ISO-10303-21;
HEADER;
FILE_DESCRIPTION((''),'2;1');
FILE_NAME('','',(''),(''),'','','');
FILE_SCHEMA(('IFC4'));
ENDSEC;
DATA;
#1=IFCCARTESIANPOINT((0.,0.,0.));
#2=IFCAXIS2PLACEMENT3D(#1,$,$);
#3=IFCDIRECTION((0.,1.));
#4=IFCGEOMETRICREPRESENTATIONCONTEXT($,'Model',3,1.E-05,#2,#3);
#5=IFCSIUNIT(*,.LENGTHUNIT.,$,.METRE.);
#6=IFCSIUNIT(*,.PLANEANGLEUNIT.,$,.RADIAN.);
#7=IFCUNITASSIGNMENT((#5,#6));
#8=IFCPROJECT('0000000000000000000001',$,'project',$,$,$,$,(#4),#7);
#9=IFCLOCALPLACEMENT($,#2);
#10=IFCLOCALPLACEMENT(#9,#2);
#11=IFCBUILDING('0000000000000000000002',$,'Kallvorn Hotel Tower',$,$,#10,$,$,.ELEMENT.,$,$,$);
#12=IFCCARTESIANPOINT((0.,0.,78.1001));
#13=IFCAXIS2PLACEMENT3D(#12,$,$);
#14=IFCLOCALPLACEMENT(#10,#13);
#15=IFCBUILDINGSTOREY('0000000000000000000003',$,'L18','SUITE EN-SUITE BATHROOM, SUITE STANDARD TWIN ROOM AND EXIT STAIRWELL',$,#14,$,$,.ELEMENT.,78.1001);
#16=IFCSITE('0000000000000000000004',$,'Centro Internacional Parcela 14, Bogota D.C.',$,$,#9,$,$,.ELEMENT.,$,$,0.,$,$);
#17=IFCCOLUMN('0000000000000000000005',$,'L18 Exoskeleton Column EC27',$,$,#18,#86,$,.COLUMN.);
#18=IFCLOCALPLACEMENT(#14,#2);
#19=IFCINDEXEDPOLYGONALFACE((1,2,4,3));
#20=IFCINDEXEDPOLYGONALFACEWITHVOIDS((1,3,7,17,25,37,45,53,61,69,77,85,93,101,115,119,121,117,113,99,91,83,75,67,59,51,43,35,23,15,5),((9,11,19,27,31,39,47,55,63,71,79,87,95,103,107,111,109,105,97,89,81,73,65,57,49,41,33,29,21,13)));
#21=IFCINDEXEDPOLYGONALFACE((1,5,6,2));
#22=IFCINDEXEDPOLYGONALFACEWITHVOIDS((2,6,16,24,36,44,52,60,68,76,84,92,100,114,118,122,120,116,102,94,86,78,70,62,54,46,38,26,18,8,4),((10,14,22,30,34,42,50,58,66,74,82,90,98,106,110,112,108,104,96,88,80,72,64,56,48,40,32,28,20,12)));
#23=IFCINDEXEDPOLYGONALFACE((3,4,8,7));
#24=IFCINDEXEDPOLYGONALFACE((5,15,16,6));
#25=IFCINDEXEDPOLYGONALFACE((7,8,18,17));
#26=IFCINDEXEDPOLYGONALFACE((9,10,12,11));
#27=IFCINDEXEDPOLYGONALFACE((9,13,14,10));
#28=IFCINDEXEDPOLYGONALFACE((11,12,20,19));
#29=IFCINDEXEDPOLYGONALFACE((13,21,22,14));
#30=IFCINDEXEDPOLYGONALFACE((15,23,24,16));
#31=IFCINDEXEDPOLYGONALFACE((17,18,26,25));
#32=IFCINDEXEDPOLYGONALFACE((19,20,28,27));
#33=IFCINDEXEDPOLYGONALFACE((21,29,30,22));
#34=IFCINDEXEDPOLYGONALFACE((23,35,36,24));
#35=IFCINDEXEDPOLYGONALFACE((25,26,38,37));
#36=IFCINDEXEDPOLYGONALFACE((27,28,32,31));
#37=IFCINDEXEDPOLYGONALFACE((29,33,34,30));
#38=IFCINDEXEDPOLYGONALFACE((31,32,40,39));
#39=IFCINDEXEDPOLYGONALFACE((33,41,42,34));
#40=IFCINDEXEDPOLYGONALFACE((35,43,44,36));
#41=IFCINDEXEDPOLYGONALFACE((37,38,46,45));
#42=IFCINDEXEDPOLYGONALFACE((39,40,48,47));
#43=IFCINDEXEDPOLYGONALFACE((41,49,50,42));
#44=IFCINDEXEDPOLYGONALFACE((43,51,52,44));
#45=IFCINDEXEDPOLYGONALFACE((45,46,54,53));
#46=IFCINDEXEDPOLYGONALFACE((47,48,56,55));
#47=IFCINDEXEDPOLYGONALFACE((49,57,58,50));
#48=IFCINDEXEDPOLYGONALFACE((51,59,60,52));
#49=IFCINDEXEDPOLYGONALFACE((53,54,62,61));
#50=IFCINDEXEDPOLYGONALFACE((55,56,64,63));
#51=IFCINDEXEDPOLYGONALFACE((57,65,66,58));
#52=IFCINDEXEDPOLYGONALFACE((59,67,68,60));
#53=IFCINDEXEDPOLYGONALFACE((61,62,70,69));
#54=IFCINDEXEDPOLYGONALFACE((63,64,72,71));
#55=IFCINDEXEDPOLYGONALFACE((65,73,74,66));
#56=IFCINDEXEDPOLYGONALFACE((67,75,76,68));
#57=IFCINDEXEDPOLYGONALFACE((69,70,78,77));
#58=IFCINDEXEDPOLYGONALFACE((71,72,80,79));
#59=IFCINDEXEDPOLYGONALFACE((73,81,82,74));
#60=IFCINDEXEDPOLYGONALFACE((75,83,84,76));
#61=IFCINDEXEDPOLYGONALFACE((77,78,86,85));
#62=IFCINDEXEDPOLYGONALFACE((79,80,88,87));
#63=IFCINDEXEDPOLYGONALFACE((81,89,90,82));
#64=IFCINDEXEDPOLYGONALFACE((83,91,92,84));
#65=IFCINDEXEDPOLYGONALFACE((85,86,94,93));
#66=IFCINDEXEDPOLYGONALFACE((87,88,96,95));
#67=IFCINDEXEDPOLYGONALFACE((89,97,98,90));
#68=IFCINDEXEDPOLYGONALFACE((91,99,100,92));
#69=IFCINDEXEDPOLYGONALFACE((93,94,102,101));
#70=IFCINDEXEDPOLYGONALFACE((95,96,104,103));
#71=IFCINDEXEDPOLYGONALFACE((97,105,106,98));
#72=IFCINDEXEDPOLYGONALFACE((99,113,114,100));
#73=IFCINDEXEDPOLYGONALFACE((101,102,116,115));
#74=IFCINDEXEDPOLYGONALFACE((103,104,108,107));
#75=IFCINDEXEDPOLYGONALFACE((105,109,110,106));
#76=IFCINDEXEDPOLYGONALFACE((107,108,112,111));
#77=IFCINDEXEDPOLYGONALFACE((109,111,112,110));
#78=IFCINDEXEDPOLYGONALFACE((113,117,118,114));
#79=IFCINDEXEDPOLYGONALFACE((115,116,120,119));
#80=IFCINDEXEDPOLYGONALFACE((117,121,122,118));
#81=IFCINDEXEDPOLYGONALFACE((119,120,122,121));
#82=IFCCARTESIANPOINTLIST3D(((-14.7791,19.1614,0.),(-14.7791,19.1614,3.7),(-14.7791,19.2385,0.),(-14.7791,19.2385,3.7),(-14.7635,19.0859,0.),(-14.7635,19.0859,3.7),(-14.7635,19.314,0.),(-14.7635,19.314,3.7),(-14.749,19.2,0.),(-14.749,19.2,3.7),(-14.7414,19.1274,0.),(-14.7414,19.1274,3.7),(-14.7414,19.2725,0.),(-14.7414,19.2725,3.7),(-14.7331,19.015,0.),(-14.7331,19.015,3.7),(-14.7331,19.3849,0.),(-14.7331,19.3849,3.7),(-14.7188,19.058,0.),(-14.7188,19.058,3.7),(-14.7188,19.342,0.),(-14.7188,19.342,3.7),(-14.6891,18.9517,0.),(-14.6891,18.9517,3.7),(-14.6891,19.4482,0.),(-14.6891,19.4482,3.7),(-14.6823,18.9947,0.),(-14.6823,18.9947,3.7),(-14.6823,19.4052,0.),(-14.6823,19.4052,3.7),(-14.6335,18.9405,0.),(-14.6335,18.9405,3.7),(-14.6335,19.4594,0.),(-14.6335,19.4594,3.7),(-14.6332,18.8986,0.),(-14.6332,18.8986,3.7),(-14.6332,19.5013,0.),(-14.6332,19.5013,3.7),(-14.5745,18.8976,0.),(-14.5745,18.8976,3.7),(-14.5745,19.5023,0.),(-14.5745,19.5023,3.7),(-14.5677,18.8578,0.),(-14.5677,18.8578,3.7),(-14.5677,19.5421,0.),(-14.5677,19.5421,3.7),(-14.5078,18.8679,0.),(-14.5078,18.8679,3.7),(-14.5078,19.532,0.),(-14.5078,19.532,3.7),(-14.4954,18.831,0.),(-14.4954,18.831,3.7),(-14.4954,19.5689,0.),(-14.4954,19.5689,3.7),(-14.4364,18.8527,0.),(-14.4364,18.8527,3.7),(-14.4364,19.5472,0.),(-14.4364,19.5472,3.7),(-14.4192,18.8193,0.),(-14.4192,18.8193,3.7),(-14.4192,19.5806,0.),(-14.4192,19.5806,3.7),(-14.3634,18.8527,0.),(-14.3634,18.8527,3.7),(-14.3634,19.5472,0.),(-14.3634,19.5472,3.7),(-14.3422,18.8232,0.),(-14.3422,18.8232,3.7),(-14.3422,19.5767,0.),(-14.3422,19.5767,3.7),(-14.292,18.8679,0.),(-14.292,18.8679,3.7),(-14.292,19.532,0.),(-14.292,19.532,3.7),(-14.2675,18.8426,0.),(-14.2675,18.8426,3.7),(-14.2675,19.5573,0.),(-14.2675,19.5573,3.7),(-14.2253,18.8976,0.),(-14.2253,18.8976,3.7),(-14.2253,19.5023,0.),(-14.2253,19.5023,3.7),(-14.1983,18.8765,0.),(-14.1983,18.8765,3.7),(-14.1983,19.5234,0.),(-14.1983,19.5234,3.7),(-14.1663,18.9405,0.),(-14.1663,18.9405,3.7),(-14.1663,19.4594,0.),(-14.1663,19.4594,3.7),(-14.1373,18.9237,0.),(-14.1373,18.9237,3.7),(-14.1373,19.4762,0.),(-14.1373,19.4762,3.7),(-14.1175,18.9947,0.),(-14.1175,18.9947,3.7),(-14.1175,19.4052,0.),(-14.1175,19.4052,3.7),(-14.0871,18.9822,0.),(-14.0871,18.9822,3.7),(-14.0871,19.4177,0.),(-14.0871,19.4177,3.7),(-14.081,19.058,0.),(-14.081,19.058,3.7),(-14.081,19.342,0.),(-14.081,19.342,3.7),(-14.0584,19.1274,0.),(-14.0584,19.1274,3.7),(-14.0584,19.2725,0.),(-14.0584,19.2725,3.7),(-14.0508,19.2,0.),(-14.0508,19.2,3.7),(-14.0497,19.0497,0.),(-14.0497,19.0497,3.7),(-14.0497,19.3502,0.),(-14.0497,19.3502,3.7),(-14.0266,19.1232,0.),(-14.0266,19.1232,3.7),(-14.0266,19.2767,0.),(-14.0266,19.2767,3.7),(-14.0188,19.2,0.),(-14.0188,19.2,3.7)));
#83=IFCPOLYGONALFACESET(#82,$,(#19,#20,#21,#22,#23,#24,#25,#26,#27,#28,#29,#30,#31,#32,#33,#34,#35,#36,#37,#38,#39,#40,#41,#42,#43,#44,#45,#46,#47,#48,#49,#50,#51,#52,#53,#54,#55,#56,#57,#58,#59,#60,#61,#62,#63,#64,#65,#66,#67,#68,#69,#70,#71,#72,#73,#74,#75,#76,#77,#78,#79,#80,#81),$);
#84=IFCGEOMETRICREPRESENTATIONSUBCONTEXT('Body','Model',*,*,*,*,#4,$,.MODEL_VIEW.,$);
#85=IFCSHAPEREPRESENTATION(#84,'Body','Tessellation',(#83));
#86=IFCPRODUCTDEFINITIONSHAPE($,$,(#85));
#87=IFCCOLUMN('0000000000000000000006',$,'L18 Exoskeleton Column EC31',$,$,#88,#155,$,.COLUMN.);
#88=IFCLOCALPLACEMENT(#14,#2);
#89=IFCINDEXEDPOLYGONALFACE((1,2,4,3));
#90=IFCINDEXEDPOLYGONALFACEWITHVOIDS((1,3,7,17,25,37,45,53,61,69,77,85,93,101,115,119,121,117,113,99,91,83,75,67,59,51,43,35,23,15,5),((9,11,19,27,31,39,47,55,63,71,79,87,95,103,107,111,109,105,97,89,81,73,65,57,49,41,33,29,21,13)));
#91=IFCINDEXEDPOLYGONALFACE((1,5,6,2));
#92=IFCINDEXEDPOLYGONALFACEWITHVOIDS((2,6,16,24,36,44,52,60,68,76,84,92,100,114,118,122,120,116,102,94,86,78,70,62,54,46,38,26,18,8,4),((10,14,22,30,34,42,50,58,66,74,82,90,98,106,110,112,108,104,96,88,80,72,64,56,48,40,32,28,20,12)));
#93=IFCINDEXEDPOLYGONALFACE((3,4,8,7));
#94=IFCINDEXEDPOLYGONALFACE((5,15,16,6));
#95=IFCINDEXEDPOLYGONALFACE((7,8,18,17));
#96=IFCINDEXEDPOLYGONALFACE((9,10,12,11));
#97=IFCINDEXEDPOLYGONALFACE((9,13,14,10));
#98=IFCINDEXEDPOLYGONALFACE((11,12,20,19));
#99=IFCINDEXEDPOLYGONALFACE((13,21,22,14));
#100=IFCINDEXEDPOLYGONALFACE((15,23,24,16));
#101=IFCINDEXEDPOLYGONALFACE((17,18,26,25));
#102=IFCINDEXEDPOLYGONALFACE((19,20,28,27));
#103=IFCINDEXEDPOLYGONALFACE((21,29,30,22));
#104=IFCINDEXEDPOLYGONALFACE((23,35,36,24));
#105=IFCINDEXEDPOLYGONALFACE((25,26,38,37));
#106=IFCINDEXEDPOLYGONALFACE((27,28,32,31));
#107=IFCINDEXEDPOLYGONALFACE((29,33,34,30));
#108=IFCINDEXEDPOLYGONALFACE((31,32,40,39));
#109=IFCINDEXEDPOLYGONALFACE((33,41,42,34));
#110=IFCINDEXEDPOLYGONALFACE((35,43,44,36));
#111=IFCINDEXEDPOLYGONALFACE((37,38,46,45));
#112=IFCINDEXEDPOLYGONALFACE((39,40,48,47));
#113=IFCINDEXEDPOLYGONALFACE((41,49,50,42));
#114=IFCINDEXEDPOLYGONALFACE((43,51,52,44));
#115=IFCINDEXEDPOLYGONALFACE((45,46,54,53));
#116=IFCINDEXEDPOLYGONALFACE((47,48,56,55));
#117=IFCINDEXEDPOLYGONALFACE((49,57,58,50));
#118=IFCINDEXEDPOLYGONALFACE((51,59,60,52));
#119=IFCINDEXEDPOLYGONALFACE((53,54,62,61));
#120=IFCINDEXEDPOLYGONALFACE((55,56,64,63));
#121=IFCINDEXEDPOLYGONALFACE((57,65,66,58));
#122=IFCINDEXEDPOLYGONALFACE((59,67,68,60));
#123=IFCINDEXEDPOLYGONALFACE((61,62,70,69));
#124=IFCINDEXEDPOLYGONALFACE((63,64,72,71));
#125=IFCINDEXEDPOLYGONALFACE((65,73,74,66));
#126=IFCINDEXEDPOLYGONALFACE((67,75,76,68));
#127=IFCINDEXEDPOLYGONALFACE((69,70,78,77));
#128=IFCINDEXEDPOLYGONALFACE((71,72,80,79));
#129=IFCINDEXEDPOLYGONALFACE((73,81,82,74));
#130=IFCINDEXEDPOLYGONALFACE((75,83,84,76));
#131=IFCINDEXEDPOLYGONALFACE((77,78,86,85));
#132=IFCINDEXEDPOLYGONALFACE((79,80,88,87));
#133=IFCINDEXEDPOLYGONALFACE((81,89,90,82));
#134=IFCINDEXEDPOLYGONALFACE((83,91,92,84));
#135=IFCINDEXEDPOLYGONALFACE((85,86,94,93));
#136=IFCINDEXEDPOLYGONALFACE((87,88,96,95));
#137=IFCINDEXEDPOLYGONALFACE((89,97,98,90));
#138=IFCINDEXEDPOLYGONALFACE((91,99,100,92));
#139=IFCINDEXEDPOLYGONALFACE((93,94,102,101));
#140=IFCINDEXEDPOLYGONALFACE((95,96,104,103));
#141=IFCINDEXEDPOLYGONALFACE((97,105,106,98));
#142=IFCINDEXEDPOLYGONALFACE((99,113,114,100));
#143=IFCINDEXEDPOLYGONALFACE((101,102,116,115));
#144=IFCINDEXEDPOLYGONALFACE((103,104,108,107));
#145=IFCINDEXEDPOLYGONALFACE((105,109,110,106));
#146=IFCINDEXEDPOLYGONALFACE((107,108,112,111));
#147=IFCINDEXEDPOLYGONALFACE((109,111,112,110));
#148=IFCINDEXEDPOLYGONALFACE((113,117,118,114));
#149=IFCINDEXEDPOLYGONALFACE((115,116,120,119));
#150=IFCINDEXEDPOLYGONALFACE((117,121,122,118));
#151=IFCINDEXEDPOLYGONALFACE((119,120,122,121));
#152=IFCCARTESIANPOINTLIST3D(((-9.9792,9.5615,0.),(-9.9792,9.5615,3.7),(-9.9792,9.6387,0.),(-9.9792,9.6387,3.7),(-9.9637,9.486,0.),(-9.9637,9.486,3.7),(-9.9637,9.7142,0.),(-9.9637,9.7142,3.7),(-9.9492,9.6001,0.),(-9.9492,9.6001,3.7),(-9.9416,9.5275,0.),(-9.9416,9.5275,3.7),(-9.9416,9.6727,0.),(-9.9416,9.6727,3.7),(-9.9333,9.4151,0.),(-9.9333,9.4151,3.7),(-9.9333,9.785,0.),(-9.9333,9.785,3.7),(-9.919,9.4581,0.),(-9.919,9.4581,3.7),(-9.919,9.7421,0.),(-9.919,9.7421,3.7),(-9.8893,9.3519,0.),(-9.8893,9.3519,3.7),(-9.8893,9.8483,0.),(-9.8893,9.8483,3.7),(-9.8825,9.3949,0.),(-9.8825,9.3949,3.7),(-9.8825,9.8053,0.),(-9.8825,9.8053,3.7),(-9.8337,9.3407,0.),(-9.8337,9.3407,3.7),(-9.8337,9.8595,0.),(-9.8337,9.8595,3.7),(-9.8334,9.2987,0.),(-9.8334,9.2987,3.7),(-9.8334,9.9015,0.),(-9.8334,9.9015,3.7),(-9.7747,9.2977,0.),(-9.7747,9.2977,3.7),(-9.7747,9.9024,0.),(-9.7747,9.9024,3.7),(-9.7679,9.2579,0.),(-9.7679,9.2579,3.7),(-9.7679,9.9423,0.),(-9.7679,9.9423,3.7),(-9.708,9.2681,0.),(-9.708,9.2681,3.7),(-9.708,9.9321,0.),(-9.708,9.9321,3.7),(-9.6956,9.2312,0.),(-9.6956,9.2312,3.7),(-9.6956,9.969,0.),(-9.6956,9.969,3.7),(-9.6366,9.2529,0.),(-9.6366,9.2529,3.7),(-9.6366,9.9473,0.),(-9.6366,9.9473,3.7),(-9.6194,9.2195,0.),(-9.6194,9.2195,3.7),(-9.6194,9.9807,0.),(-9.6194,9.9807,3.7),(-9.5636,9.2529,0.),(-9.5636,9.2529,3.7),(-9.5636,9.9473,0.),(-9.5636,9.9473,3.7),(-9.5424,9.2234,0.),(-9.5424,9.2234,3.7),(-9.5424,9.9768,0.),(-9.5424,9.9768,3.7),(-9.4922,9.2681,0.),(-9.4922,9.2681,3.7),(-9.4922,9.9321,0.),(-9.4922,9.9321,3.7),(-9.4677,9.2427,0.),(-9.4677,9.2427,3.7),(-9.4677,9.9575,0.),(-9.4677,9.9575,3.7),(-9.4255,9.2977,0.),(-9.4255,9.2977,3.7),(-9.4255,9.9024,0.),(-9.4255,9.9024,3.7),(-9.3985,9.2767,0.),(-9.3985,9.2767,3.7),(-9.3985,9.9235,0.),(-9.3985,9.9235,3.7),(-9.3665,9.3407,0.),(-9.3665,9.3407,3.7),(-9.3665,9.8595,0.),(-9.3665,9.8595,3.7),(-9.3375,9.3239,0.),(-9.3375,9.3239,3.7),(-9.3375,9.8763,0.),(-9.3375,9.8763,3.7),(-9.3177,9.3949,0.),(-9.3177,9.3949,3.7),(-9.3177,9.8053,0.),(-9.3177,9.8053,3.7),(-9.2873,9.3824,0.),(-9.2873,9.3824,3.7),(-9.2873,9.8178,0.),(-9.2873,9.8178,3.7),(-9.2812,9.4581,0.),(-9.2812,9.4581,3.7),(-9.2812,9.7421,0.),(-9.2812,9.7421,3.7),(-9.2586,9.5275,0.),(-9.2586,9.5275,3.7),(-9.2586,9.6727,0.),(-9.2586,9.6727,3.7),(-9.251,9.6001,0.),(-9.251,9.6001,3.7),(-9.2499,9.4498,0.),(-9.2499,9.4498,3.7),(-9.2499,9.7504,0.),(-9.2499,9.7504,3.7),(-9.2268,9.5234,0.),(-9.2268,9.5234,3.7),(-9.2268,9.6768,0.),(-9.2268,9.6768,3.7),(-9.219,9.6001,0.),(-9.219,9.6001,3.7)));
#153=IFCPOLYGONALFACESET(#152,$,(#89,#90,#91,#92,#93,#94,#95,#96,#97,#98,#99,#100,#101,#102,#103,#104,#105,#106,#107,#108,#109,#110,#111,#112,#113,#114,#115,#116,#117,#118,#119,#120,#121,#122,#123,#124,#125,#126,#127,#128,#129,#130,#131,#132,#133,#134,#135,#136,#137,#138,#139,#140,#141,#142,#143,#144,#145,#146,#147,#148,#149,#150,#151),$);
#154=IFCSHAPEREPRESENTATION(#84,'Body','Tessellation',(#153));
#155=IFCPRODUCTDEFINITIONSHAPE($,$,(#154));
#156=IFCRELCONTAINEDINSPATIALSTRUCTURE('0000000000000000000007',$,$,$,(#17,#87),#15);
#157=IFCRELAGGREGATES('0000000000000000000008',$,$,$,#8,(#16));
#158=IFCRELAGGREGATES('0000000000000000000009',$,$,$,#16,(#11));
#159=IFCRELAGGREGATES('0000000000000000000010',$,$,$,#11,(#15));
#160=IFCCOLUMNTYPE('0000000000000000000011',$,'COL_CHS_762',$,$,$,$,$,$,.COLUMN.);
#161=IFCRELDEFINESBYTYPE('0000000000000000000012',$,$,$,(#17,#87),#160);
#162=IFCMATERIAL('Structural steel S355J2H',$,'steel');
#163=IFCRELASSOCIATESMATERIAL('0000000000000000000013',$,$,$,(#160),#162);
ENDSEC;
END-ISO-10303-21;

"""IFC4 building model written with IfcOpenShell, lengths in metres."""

from ifc_helpers import new_model, si_unit, direction, frame, origin, origin_2d, place, context, subcontext, project, spatial, hollow_circle, extrude, material, material_profile, profile_set, type_object, element, save


model = new_model("IFC4")

# Units and contexts
model_context = context("Model", 3, precision=1e-05, world=origin(), true_north=direction((0.0, 1.0)))
body_context = subcontext(model_context, "Body", "Model", "MODEL_VIEW")
ifc_project = project(units=[si_unit("LENGTHUNIT", "METRE"), si_unit("PLANEANGLEUNIT", "RADIAN")], contexts=[model_context])

# Site, building, storey
site_placement = place(None, origin())
site = spatial("IfcSite", under=ifc_project, at=site_placement, Name="Centro Internacional Parcela 14, Bogota D.C.", CompositionType="ELEMENT", RefElevation=0.0)
building_placement = place(site_placement, origin())
building = spatial("IfcBuilding", under=site, at=building_placement, Name="Kallvorn Hotel Tower", CompositionType="ELEMENT")
storey_placement = place(building_placement, frame((0.0, 0.0, 78.1001)))
storey = spatial("IfcBuildingStorey", under=building, at=storey_placement, Name="L18", Description="SUITE EN-SUITE BATHROOM, SUITE STANDARD TWIN ROOM AND EXIT STAIRWELL", CompositionType="ELEMENT", Elevation=78.1001)

# Columns
ifc_material_1 = material(Name="Structural steel S355J2H", Category="steel")
ifc_material_profile_1 = material_profile(ifc_material_1, hollow_circle(Radius=0.3811, WallThickness=0.032, at=origin_2d()), Name="CHS 762x32")
ifc_profile_set_1 = profile_set([ifc_material_profile_1], Name="Structural steel S355J2H")
column_type_1 = type_object("IfcColumnType", Name="COL_CHS_762", PredefinedType="COLUMN", material=ifc_profile_set_1)
for number, where, z_axis, x_axis, name in (
    (1, (-14.3999, 19.2, 0.0), (0.0, 0.0, 1.0), (1.0, 0.0, 0.0), "L18 Exoskeleton Column EC27"),
    (2, (-9.6001, 9.6001, 0.0), (0.0, 0.0, 1.0), (1.0, 0.0, 0.0), "L18 Exoskeleton Column EC31"),
):
    element("IfcColumn", number, at=place(storey_placement, frame(where, z_axis=z_axis, x_axis=x_axis)), inside=storey, type_object=column_type_1, Name=name, PredefinedType="COLUMN", context=body_context, shape_type="SweptSolid", body=[
        extrude(hollow_circle(Radius=0.3811, WallThickness=0.032, at=origin_2d()), origin(), (0.0, 0.0, 1.0), 3.7),
    ])

save(model, "model.ifc")
